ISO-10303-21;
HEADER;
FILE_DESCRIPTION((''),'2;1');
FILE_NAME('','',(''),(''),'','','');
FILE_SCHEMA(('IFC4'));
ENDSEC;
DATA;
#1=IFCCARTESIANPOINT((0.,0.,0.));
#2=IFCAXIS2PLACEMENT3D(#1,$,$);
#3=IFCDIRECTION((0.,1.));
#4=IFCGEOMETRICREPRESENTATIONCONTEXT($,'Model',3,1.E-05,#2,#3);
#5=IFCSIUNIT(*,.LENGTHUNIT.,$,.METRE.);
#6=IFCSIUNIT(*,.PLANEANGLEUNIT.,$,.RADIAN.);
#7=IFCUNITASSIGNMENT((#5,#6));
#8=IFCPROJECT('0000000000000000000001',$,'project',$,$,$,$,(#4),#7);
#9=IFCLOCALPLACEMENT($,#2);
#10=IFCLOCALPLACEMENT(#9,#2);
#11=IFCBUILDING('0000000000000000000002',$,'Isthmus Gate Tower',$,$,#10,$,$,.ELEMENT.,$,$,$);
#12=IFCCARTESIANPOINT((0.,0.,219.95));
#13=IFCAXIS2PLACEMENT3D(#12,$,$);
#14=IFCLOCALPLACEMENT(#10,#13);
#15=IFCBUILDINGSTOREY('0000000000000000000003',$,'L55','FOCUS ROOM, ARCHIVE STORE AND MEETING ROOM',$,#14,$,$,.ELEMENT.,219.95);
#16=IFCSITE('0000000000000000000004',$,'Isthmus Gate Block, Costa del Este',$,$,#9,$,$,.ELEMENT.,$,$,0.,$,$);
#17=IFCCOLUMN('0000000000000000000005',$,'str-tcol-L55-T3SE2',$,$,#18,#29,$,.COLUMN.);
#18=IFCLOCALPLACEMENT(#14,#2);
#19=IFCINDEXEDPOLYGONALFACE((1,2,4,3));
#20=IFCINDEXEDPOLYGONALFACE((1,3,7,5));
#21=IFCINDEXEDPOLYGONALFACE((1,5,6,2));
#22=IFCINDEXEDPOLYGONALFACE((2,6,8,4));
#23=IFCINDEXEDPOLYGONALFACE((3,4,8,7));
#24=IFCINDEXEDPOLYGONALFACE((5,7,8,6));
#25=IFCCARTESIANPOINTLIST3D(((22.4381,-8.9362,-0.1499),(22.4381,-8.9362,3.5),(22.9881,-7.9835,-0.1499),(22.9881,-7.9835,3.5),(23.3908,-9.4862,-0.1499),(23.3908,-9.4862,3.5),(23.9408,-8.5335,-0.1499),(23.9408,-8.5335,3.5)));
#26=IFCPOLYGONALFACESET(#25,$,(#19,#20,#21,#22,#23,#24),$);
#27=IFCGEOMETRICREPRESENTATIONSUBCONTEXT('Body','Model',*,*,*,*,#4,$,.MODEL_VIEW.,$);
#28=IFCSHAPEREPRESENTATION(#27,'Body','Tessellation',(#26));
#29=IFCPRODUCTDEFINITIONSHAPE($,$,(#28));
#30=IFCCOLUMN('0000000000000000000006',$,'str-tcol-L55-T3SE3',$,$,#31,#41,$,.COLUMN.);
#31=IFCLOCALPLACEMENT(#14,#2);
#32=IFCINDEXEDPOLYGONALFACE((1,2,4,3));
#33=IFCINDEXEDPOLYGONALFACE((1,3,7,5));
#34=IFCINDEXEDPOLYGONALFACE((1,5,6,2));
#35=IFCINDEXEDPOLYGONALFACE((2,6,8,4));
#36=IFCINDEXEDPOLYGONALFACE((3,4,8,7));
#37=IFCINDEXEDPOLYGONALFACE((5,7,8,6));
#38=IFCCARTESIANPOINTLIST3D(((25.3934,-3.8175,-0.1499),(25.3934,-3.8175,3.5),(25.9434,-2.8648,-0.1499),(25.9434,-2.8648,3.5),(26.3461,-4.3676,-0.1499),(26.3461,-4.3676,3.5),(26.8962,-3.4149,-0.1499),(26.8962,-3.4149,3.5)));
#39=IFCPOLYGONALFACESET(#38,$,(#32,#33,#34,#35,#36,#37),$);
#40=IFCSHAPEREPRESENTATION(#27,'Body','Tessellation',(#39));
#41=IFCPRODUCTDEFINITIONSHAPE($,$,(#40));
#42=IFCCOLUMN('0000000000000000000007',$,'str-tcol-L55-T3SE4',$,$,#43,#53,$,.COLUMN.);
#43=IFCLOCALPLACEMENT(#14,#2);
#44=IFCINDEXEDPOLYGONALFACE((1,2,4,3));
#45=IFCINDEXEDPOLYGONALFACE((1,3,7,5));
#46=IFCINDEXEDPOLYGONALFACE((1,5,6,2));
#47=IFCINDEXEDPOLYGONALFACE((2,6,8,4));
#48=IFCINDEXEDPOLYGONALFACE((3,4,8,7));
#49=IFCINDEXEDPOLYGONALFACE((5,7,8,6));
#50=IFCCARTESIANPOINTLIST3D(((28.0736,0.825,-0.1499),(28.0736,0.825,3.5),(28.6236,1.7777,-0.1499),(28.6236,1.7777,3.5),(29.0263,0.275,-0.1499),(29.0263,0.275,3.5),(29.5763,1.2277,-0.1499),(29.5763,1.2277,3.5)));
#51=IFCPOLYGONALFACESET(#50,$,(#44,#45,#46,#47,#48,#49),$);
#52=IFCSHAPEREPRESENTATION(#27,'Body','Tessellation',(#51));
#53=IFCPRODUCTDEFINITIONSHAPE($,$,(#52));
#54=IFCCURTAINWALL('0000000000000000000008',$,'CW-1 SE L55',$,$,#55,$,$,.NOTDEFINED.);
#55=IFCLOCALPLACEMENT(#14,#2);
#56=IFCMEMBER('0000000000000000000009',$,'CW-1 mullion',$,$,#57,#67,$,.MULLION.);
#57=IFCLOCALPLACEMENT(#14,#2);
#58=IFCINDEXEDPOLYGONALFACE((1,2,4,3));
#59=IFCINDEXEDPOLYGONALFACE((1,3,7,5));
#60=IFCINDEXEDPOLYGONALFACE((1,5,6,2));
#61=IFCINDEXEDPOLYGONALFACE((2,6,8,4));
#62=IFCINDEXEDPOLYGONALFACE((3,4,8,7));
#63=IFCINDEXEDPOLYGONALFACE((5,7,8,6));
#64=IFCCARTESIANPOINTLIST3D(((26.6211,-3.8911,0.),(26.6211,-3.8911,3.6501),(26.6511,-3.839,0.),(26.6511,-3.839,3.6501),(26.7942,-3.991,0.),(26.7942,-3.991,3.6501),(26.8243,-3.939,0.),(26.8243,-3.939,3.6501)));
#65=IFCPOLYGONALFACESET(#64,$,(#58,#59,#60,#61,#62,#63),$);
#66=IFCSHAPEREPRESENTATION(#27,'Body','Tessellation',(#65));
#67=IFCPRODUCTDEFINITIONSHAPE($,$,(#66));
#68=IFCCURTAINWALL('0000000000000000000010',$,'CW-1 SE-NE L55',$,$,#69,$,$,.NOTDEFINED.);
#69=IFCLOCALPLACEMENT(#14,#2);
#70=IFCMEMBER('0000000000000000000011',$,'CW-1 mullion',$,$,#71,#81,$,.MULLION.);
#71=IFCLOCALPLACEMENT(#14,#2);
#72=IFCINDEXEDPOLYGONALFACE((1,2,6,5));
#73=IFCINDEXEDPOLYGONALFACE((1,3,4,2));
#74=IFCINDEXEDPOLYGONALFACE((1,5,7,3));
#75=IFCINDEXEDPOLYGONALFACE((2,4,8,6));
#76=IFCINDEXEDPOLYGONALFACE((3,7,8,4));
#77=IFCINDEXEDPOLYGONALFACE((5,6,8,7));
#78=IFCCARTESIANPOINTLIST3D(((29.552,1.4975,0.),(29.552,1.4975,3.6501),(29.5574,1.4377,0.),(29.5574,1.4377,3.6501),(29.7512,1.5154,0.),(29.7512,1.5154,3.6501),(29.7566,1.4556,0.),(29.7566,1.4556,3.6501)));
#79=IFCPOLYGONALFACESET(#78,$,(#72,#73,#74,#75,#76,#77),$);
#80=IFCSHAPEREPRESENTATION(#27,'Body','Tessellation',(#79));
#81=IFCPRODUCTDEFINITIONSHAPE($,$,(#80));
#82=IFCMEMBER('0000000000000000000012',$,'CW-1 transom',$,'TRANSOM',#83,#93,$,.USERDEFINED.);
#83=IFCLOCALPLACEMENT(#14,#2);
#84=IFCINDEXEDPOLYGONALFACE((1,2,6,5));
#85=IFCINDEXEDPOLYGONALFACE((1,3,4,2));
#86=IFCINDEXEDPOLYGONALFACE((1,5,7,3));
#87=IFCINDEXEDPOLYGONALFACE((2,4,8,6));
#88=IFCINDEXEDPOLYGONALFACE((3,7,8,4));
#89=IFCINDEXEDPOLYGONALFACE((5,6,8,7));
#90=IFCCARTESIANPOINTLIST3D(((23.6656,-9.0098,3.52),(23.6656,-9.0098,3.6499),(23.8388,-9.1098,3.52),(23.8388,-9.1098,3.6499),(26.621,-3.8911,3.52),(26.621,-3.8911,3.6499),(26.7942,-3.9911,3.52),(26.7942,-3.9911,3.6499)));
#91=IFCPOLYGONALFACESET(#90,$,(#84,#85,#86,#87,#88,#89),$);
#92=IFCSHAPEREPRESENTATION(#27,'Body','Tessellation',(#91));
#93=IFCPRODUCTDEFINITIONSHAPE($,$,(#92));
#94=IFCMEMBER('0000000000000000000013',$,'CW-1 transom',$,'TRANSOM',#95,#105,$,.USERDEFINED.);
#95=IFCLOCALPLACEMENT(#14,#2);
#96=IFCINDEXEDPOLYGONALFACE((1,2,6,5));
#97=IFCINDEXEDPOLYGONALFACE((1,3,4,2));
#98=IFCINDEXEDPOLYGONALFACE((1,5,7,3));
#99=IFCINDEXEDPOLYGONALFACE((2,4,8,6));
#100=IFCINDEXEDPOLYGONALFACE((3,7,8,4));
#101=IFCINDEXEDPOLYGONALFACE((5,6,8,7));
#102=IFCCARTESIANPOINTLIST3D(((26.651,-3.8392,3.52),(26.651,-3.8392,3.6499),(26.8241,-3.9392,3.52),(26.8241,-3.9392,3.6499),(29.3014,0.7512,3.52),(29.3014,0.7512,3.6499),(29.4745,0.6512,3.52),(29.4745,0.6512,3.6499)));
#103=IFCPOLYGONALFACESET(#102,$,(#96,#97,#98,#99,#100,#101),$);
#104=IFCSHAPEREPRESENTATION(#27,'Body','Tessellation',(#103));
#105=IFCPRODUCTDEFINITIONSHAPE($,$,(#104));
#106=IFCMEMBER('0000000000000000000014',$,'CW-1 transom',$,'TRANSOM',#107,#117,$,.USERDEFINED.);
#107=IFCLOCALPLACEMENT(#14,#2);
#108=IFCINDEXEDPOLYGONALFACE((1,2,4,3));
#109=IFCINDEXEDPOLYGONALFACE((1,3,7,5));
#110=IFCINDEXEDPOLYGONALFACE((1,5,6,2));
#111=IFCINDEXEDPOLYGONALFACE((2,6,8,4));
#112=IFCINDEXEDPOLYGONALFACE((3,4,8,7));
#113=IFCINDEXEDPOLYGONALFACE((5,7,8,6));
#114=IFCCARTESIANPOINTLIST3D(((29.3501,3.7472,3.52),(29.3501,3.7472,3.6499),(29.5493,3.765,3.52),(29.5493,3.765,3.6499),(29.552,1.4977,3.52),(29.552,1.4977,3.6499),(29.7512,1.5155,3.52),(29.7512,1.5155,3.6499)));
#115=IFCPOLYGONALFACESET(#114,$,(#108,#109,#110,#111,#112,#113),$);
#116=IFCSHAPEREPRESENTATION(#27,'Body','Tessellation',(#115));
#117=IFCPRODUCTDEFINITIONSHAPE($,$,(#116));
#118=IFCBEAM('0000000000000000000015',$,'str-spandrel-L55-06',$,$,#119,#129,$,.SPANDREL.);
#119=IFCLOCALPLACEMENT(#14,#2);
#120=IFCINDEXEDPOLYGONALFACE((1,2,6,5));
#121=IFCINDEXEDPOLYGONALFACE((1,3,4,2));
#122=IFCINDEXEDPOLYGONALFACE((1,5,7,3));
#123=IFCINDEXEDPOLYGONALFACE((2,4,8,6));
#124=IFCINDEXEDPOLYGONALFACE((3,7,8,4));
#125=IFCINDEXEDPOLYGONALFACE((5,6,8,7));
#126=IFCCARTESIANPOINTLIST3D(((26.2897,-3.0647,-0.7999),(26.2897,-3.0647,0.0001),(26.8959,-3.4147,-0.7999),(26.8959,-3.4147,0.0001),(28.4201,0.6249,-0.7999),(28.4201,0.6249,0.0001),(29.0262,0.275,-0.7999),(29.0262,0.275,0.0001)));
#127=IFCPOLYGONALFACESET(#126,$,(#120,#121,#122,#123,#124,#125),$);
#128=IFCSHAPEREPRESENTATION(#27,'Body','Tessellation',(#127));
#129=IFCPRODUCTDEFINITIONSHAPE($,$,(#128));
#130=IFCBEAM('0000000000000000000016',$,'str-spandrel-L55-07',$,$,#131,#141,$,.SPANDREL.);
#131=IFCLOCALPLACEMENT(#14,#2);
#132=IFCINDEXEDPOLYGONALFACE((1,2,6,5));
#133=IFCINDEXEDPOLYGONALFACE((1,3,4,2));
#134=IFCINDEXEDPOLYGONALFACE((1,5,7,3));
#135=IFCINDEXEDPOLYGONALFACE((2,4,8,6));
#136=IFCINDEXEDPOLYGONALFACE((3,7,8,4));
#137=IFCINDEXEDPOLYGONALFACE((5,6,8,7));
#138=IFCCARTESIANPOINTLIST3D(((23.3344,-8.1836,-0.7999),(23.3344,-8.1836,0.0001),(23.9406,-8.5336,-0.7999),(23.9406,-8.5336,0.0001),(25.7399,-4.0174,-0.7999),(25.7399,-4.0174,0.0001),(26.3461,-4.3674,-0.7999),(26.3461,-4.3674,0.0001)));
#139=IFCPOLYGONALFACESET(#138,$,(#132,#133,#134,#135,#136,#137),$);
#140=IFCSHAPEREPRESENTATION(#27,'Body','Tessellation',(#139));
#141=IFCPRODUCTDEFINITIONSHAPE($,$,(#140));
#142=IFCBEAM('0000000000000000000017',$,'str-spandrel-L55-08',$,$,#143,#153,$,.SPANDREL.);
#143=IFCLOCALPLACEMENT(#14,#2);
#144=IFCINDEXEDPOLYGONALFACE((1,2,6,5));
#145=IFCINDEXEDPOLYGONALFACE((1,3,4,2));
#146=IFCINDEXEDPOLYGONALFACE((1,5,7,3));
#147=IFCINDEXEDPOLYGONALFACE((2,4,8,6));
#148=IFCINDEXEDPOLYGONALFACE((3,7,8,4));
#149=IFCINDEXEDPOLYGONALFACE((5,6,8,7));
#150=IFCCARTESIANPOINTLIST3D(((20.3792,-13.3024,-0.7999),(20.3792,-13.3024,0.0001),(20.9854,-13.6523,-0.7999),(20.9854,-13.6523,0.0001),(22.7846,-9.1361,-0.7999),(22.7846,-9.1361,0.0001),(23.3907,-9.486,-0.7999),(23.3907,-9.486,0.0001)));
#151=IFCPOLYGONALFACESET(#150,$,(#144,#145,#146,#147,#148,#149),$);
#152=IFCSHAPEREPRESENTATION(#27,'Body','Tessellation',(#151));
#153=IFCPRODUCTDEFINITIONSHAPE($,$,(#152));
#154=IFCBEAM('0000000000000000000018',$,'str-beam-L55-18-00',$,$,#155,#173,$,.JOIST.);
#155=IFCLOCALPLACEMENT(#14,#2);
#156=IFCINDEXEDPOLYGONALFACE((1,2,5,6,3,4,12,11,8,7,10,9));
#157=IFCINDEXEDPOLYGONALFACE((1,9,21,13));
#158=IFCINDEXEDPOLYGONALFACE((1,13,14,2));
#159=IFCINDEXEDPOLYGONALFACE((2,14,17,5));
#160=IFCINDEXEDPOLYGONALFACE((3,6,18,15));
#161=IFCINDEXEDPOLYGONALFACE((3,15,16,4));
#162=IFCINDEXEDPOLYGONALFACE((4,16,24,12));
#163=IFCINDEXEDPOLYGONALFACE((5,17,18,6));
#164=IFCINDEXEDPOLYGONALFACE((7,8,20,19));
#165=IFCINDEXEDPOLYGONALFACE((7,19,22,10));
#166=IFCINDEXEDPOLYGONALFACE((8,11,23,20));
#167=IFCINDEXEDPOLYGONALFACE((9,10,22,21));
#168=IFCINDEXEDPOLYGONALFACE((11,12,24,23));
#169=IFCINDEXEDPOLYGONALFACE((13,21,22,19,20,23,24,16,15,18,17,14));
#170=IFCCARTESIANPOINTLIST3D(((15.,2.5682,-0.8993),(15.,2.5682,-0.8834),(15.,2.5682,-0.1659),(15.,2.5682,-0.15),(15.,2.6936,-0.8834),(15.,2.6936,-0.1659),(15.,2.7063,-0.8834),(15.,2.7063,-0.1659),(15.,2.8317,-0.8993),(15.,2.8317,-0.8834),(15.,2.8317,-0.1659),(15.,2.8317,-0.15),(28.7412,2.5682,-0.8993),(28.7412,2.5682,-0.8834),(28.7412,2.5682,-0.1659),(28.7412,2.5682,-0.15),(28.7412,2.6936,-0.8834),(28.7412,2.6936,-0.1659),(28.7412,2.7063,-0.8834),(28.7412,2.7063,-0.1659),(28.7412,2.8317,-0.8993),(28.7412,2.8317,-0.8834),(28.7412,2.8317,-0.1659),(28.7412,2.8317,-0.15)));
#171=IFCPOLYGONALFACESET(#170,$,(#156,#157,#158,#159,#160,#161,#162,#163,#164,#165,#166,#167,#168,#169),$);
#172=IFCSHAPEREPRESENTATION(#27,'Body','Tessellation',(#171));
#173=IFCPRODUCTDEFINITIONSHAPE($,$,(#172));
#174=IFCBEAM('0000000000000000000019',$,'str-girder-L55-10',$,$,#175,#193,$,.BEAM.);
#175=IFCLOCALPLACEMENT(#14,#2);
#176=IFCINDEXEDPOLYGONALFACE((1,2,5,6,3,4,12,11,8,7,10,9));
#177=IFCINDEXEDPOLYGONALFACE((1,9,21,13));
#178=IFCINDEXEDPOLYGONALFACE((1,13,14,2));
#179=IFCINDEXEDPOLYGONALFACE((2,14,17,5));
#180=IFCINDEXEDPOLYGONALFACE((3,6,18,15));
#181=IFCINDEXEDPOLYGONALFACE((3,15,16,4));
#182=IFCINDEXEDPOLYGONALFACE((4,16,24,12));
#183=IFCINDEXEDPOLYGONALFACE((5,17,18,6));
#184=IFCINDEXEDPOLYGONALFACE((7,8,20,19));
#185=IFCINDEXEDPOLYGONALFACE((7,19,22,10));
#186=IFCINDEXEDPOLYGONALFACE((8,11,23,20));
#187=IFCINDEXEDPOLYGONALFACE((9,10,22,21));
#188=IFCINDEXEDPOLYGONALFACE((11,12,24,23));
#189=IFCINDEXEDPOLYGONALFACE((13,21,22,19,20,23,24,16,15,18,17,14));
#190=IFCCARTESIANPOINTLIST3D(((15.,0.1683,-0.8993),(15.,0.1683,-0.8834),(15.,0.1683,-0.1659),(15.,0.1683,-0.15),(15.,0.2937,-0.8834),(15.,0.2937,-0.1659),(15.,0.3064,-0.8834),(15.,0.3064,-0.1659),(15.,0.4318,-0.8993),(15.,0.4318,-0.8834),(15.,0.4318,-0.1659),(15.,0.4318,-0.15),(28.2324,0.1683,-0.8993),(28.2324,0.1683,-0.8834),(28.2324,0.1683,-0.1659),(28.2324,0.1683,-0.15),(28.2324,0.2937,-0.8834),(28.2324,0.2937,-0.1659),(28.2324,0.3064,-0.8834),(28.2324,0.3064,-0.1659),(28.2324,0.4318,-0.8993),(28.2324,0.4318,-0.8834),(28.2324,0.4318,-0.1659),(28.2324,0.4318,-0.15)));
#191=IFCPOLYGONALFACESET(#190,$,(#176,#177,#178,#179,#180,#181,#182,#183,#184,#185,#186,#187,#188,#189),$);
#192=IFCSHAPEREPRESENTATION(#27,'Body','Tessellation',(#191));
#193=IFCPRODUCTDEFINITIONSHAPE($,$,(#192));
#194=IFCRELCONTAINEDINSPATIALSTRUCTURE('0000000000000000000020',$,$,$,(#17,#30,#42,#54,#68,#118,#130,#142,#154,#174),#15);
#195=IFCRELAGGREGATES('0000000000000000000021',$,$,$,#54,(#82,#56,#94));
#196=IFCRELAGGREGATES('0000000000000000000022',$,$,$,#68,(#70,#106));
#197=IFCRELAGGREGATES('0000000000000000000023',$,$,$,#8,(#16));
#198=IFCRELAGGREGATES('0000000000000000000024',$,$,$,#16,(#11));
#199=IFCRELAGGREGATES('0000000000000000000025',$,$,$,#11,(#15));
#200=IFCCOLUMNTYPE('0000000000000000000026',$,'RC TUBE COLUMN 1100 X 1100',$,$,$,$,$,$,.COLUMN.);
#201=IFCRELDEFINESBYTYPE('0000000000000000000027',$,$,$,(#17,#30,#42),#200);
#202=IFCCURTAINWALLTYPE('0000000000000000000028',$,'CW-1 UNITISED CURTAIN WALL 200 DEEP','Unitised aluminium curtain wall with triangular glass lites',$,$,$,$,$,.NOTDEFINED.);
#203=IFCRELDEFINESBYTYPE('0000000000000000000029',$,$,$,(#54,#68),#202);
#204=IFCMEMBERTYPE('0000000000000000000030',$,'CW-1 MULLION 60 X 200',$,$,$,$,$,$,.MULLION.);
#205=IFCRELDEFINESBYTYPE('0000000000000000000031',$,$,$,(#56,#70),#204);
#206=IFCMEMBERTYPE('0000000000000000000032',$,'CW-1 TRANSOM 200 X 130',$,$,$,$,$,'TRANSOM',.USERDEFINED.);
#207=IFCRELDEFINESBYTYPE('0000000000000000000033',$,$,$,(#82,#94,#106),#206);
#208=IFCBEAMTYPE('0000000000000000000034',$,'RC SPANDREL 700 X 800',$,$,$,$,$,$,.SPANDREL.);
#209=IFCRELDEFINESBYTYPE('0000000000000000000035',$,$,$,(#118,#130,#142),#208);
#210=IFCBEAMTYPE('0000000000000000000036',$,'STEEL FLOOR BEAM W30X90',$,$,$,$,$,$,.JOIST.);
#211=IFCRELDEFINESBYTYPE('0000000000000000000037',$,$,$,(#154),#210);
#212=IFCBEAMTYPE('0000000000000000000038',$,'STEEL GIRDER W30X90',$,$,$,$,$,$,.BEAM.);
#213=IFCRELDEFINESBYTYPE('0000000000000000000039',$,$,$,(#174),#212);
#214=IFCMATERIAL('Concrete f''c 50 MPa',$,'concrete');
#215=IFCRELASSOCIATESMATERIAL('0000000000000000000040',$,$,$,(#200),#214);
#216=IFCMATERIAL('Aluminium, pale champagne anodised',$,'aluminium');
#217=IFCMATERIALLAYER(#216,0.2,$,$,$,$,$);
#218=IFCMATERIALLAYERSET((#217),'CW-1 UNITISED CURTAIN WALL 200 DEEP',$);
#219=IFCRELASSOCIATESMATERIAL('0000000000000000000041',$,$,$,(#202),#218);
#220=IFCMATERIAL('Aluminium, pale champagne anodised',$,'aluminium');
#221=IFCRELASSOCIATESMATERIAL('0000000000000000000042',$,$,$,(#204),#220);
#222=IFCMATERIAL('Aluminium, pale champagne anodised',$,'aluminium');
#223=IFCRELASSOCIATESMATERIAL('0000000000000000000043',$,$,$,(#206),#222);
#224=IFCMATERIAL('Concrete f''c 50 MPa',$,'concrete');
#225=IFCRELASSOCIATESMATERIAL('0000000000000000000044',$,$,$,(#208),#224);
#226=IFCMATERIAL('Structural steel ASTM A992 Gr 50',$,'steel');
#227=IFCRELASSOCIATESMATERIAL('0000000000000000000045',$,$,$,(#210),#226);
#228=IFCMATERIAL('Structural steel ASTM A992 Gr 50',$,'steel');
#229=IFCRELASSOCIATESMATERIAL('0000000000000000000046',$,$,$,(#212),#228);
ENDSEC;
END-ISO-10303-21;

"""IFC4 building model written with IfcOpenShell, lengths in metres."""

from ifc_helpers import new_model, si_unit, direction, frame, origin, origin_2d, place, context, subcontext, project, spatial, rectangle, i_section, extrude, material, layer, layer_set, material_profile, profile_set, type_object, element, aggregate, save


model = new_model("IFC4")

# Units and contexts
model_context = context("Model", 3, precision=1e-05, world=origin(), true_north=direction((0.0, 1.0)))
body_context = subcontext(model_context, "Body", "Model", "MODEL_VIEW")
ifc_project = project(units=[si_unit("LENGTHUNIT", "METRE"), si_unit("PLANEANGLEUNIT", "RADIAN")], contexts=[model_context])

# Site, building, storey
site_placement = place(None, origin())
site = spatial("IfcSite", under=ifc_project, at=site_placement, Name="Isthmus Gate Block, Costa del Este", CompositionType="ELEMENT", RefElevation=0.0)
building_placement = place(site_placement, origin())
building = spatial("IfcBuilding", under=site, at=building_placement, Name="Isthmus Gate Tower", CompositionType="ELEMENT")
storey_placement = place(building_placement, frame((0.0, 0.0, 219.95)))
storey = spatial("IfcBuildingStorey", under=building, at=storey_placement, Name="L55", Description="FOCUS ROOM, ARCHIVE STORE AND MEETING ROOM", CompositionType="ELEMENT", Elevation=219.95)

# Columns
ifc_material_1 = material(Name="Concrete f'c 50 MPa", Category="concrete")
ifc_material_profile_1 = material_profile(ifc_material_1, rectangle(XDim=1.1001, YDim=1.1001, at=origin_2d()), Name="RC 1100X1100")
ifc_profile_set_1 = profile_set([ifc_material_profile_1], Name="Concrete f'c 50 MPa")
column_type = type_object("IfcColumnType", Name="RC TUBE COLUMN 1100 X 1100", PredefinedType="COLUMN", material=ifc_profile_set_1)
for number, where, z_axis, x_axis, name in (
    (1, (23.1895, -8.7349, -0.1499), (0.0, 0.0, 1.0), (0.5, 0.866025, 0.0), "str-tcol-L55-T3SE2"),
    (2, (26.1448, -3.6162, -0.1499), (0.0, 0.0, 1.0), (0.5, 0.866025, 0.0), "str-tcol-L55-T3SE3"),
    (3, (28.825, 1.0264, -0.1499), (0.0, 0.0, 1.0), (0.5, 0.866025, 0.0), "str-tcol-L55-T3SE4"),
):
    element("IfcColumn", number, at=place(storey_placement, frame(where, z_axis=z_axis, x_axis=x_axis)), inside=storey, type_object=column_type, Name=name, PredefinedType="COLUMN", context=body_context, shape_type="SweptSolid", body=[
        extrude(rectangle(XDim=1.1001, YDim=1.1001, at=origin_2d()), origin(), (0.0, 0.0, 1.0), 3.6499),
    ])

# Curtain walls, members
ifc_material_2 = material(Name="Aluminium, pale champagne anodised", Category="aluminium")
ifc_layer_1 = layer(ifc_material_2, 0.2)
ifc_layer_set_1 = layer_set([ifc_layer_1], Name="CW-1 UNITISED CURTAIN WALL 200 DEEP")
curtain_wall_type_1 = type_object("IfcCurtainWallType", Name="CW-1 UNITISED CURTAIN WALL 200 DEEP", Description="Unitised aluminium curtain wall with triangular glass lites", PredefinedType="NOTDEFINED", material=ifc_layer_set_1)
curtain_wall_1_placement = place(storey_placement, origin())
curtain_wall_1 = element("IfcCurtainWall", 4, at=curtain_wall_1_placement, inside=storey, type_object=curtain_wall_type_1, Name="CW-1 SE L55", PredefinedType="NOTDEFINED")
ifc_material_3 = material(Name="Aluminium, pale champagne anodised", Category="aluminium")
ifc_material_profile_2 = material_profile(ifc_material_3, rectangle(XDim=0.0601, YDim=0.2, at=origin_2d()), Name="60x200")
ifc_profile_set_2 = profile_set([ifc_material_profile_2], Name="Aluminium, pale champagne anodised")
member_type_1 = type_object("IfcMemberType", Name="CW-1 MULLION 60 X 200", PredefinedType="MULLION", material=ifc_profile_set_2)
member_1_placement = place(storey_placement, frame((26.7227, -3.915, 0.0), z_axis=(0.0, 0.0, 1.0), x_axis=(0.5, 0.866025, 0.0)))
member_1 = element("IfcMember", 5, at=member_1_placement, type_object=member_type_1, Name="CW-1 mullion", PredefinedType="MULLION", context=body_context, shape_type="SweptSolid", body=[
    extrude(rectangle(XDim=0.0601, YDim=0.2, at=origin_2d()), origin(), (0.0, 0.0, 1.0), 3.6501),
])
curtain_wall_2_placement = place(storey_placement, origin())
curtain_wall_2 = element("IfcCurtainWall", 6, at=curtain_wall_2_placement, inside=storey, type_object=curtain_wall_type_1, Name="CW-1 SE-NE L55", PredefinedType="NOTDEFINED")
member_2_placement = place(storey_placement, frame((29.6543, 1.4766, 0.0), z_axis=(0.0, 0.0, 1.0), x_axis=(-0.089397, 0.995996, 0.0)))
member_2 = element("IfcMember", 7, at=member_2_placement, type_object=member_type_1, Name="CW-1 mullion", PredefinedType="MULLION", context=body_context, shape_type="SweptSolid", body=[
    extrude(rectangle(XDim=0.0601, YDim=0.2, at=origin_2d()), origin(), (0.0, 0.0, 1.0), 3.6501),
])

# Members
ifc_material_4 = material(Name="Aluminium, pale champagne anodised", Category="aluminium")
ifc_material_profile_3 = material_profile(ifc_material_4, rectangle(XDim=0.2, YDim=0.1299, at=origin_2d()), Name="200x130")
ifc_profile_set_3 = profile_set([ifc_material_profile_3], Name="Aluminium, pale champagne anodised")
member_type_2 = type_object("IfcMemberType", Name="CW-1 TRANSOM 200 X 130", ElementType="TRANSOM", PredefinedType="USERDEFINED", material=ifc_profile_set_3)
member_3_placement = place(storey_placement, frame((23.7522, -9.0598, 3.585), z_axis=(0.500008, 0.86602, 0.0), x_axis=(-0.86602, 0.500008, 0.0)))
member_3 = element("IfcMember", 8, at=member_3_placement, type_object=member_type_2, Name="CW-1 transom", ObjectType="TRANSOM", PredefinedType="USERDEFINED", context=body_context, shape_type="SweptSolid", body=[
    extrude(rectangle(XDim=0.2, YDim=0.1299, at=origin_2d()), origin(), (0.0, 0.0, 1.0), 5.9106),
])
member_4_placement = place(storey_placement, frame((26.7375, -3.8892, 3.585), z_axis=(0.500023, 0.866012, 0.0), x_axis=(-0.866012, 0.500023, 0.0)))
member_4 = element("IfcMember", 9, at=member_4_placement, type_object=member_type_2, Name="CW-1 transom", ObjectType="TRANSOM", PredefinedType="USERDEFINED", context=body_context, shape_type="SweptSolid", body=[
    extrude(rectangle(XDim=0.2, YDim=0.1299, at=origin_2d()), origin(), (0.0, 0.0, 1.0), 5.3005),
])
member_5_placement = place(storey_placement, frame((29.6516, 1.5066, 3.585), z_axis=(-0.089395, 0.995996, 0.0), x_axis=(-0.995996, -0.089395, 0.0)))
member_5 = element("IfcMember", 10, at=member_5_placement, type_object=member_type_2, Name="CW-1 transom", ObjectType="TRANSOM", PredefinedType="USERDEFINED", context=body_context, shape_type="SweptSolid", body=[
    extrude(rectangle(XDim=0.2, YDim=0.1299, at=origin_2d()), origin(), (0.0, 0.0, 1.0), 2.2585),
])

# Beams
ifc_material_5 = material(Name="Concrete f'c 50 MPa", Category="concrete")
ifc_material_profile_4 = material_profile(ifc_material_5, rectangle(XDim=0.7, YDim=0.8, at=origin_2d()), Name="RC 700X800")
ifc_profile_set_4 = profile_set([ifc_material_profile_4], Name="Concrete f'c 50 MPa")
beam_type_1 = type_object("IfcBeamType", Name="RC SPANDREL 700 X 800", PredefinedType="SPANDREL", material=ifc_profile_set_4)
beam_1_placement = place(storey_placement, frame((28.7231, 0.45, -0.3999), z_axis=(-0.500022, -0.866013, 0.0), x_axis=(0.866013, -0.500022, 0.0)))
element("IfcBeam", 11, at=beam_1_placement, inside=storey, type_object=beam_type_1, Name="str-spandrel-L55-06", PredefinedType="SPANDREL", context=body_context, shape_type="SweptSolid", body=[
    extrude(rectangle(XDim=0.7, YDim=0.8, at=origin_2d()), origin(), (0.0, 0.0, 1.0), 4.2605),
])
for number, where, z_axis, x_axis, name in (
    (12, (26.043, -4.1924, -0.3999), (-0.50002, -0.866014, 0.0), (0.866014, -0.50002, 0.0), "str-spandrel-L55-07"),
    (13, (23.0876, -9.311, -0.3999), (-0.499982, -0.866036, 0.0), (0.866036, -0.499982, 0.0), "str-spandrel-L55-08"),
):
    element("IfcBeam", number, at=place(storey_placement, frame(where, z_axis=z_axis, x_axis=x_axis)), inside=storey, type_object=beam_type_1, Name=name, PredefinedType="SPANDREL", context=body_context, shape_type="SweptSolid", body=[
        extrude(rectangle(XDim=0.7, YDim=0.8, at=origin_2d()), origin(), (0.0, 0.0, 1.0), 4.8108),
    ])
ifc_material_6 = material(Name="Structural steel ASTM A992 Gr 50", Category="steel")
ifc_material_profile_5 = material_profile(ifc_material_6, i_section(OverallWidth=0.2634, OverallDepth=0.7493, WebThickness=0.0127, FlangeThickness=0.0159, at=origin_2d()), Name="W30X90")
ifc_profile_set_5 = profile_set([ifc_material_profile_5], Name="Structural steel ASTM A992 Gr 50")
beam_type_2 = type_object("IfcBeamType", Name="STEEL FLOOR BEAM W30X90", PredefinedType="JOIST", material=ifc_profile_set_5)
beam_2_placement = place(storey_placement, frame((15.0, 2.7, -0.5247), z_axis=(1.0, 0.0, 0.0), x_axis=(0.0, 1.0, 0.0)))
element("IfcBeam", 14, at=beam_2_placement, inside=storey, type_object=beam_type_2, Name="str-beam-L55-18-00", PredefinedType="JOIST", context=body_context, shape_type="SweptSolid", body=[
    extrude(i_section(OverallWidth=0.2634, OverallDepth=0.7493, WebThickness=0.0127, FlangeThickness=0.0159, at=origin_2d()), origin(), (0.0, 0.0, 1.0), 13.7412),
])
ifc_material_7 = material(Name="Structural steel ASTM A992 Gr 50", Category="steel")
ifc_material_profile_6 = material_profile(ifc_material_7, i_section(OverallWidth=0.2634, OverallDepth=0.7493, WebThickness=0.0127, FlangeThickness=0.0159, at=origin_2d()), Name="W30X90")
ifc_profile_set_6 = profile_set([ifc_material_profile_6], Name="Structural steel ASTM A992 Gr 50")
beam_type_3 = type_object("IfcBeamType", Name="STEEL GIRDER W30X90", PredefinedType="BEAM", material=ifc_profile_set_6)
beam_3_placement = place(storey_placement, frame((15.0, 0.3, -0.5247), z_axis=(1.0, 0.0, 0.0), x_axis=(0.0, 1.0, 0.0)))
element("IfcBeam", 15, at=beam_3_placement, inside=storey, type_object=beam_type_3, Name="str-girder-L55-10", PredefinedType="BEAM", context=body_context, shape_type="SweptSolid", body=[
    extrude(i_section(OverallWidth=0.2634, OverallDepth=0.7493, WebThickness=0.0127, FlangeThickness=0.0159, at=origin_2d()), origin(), (0.0, 0.0, 1.0), 13.2324),
])

aggregate(curtain_wall_1, [member_3, member_1, member_4])
aggregate(curtain_wall_2, [member_2, member_5])

save(model, "model.ifc")
